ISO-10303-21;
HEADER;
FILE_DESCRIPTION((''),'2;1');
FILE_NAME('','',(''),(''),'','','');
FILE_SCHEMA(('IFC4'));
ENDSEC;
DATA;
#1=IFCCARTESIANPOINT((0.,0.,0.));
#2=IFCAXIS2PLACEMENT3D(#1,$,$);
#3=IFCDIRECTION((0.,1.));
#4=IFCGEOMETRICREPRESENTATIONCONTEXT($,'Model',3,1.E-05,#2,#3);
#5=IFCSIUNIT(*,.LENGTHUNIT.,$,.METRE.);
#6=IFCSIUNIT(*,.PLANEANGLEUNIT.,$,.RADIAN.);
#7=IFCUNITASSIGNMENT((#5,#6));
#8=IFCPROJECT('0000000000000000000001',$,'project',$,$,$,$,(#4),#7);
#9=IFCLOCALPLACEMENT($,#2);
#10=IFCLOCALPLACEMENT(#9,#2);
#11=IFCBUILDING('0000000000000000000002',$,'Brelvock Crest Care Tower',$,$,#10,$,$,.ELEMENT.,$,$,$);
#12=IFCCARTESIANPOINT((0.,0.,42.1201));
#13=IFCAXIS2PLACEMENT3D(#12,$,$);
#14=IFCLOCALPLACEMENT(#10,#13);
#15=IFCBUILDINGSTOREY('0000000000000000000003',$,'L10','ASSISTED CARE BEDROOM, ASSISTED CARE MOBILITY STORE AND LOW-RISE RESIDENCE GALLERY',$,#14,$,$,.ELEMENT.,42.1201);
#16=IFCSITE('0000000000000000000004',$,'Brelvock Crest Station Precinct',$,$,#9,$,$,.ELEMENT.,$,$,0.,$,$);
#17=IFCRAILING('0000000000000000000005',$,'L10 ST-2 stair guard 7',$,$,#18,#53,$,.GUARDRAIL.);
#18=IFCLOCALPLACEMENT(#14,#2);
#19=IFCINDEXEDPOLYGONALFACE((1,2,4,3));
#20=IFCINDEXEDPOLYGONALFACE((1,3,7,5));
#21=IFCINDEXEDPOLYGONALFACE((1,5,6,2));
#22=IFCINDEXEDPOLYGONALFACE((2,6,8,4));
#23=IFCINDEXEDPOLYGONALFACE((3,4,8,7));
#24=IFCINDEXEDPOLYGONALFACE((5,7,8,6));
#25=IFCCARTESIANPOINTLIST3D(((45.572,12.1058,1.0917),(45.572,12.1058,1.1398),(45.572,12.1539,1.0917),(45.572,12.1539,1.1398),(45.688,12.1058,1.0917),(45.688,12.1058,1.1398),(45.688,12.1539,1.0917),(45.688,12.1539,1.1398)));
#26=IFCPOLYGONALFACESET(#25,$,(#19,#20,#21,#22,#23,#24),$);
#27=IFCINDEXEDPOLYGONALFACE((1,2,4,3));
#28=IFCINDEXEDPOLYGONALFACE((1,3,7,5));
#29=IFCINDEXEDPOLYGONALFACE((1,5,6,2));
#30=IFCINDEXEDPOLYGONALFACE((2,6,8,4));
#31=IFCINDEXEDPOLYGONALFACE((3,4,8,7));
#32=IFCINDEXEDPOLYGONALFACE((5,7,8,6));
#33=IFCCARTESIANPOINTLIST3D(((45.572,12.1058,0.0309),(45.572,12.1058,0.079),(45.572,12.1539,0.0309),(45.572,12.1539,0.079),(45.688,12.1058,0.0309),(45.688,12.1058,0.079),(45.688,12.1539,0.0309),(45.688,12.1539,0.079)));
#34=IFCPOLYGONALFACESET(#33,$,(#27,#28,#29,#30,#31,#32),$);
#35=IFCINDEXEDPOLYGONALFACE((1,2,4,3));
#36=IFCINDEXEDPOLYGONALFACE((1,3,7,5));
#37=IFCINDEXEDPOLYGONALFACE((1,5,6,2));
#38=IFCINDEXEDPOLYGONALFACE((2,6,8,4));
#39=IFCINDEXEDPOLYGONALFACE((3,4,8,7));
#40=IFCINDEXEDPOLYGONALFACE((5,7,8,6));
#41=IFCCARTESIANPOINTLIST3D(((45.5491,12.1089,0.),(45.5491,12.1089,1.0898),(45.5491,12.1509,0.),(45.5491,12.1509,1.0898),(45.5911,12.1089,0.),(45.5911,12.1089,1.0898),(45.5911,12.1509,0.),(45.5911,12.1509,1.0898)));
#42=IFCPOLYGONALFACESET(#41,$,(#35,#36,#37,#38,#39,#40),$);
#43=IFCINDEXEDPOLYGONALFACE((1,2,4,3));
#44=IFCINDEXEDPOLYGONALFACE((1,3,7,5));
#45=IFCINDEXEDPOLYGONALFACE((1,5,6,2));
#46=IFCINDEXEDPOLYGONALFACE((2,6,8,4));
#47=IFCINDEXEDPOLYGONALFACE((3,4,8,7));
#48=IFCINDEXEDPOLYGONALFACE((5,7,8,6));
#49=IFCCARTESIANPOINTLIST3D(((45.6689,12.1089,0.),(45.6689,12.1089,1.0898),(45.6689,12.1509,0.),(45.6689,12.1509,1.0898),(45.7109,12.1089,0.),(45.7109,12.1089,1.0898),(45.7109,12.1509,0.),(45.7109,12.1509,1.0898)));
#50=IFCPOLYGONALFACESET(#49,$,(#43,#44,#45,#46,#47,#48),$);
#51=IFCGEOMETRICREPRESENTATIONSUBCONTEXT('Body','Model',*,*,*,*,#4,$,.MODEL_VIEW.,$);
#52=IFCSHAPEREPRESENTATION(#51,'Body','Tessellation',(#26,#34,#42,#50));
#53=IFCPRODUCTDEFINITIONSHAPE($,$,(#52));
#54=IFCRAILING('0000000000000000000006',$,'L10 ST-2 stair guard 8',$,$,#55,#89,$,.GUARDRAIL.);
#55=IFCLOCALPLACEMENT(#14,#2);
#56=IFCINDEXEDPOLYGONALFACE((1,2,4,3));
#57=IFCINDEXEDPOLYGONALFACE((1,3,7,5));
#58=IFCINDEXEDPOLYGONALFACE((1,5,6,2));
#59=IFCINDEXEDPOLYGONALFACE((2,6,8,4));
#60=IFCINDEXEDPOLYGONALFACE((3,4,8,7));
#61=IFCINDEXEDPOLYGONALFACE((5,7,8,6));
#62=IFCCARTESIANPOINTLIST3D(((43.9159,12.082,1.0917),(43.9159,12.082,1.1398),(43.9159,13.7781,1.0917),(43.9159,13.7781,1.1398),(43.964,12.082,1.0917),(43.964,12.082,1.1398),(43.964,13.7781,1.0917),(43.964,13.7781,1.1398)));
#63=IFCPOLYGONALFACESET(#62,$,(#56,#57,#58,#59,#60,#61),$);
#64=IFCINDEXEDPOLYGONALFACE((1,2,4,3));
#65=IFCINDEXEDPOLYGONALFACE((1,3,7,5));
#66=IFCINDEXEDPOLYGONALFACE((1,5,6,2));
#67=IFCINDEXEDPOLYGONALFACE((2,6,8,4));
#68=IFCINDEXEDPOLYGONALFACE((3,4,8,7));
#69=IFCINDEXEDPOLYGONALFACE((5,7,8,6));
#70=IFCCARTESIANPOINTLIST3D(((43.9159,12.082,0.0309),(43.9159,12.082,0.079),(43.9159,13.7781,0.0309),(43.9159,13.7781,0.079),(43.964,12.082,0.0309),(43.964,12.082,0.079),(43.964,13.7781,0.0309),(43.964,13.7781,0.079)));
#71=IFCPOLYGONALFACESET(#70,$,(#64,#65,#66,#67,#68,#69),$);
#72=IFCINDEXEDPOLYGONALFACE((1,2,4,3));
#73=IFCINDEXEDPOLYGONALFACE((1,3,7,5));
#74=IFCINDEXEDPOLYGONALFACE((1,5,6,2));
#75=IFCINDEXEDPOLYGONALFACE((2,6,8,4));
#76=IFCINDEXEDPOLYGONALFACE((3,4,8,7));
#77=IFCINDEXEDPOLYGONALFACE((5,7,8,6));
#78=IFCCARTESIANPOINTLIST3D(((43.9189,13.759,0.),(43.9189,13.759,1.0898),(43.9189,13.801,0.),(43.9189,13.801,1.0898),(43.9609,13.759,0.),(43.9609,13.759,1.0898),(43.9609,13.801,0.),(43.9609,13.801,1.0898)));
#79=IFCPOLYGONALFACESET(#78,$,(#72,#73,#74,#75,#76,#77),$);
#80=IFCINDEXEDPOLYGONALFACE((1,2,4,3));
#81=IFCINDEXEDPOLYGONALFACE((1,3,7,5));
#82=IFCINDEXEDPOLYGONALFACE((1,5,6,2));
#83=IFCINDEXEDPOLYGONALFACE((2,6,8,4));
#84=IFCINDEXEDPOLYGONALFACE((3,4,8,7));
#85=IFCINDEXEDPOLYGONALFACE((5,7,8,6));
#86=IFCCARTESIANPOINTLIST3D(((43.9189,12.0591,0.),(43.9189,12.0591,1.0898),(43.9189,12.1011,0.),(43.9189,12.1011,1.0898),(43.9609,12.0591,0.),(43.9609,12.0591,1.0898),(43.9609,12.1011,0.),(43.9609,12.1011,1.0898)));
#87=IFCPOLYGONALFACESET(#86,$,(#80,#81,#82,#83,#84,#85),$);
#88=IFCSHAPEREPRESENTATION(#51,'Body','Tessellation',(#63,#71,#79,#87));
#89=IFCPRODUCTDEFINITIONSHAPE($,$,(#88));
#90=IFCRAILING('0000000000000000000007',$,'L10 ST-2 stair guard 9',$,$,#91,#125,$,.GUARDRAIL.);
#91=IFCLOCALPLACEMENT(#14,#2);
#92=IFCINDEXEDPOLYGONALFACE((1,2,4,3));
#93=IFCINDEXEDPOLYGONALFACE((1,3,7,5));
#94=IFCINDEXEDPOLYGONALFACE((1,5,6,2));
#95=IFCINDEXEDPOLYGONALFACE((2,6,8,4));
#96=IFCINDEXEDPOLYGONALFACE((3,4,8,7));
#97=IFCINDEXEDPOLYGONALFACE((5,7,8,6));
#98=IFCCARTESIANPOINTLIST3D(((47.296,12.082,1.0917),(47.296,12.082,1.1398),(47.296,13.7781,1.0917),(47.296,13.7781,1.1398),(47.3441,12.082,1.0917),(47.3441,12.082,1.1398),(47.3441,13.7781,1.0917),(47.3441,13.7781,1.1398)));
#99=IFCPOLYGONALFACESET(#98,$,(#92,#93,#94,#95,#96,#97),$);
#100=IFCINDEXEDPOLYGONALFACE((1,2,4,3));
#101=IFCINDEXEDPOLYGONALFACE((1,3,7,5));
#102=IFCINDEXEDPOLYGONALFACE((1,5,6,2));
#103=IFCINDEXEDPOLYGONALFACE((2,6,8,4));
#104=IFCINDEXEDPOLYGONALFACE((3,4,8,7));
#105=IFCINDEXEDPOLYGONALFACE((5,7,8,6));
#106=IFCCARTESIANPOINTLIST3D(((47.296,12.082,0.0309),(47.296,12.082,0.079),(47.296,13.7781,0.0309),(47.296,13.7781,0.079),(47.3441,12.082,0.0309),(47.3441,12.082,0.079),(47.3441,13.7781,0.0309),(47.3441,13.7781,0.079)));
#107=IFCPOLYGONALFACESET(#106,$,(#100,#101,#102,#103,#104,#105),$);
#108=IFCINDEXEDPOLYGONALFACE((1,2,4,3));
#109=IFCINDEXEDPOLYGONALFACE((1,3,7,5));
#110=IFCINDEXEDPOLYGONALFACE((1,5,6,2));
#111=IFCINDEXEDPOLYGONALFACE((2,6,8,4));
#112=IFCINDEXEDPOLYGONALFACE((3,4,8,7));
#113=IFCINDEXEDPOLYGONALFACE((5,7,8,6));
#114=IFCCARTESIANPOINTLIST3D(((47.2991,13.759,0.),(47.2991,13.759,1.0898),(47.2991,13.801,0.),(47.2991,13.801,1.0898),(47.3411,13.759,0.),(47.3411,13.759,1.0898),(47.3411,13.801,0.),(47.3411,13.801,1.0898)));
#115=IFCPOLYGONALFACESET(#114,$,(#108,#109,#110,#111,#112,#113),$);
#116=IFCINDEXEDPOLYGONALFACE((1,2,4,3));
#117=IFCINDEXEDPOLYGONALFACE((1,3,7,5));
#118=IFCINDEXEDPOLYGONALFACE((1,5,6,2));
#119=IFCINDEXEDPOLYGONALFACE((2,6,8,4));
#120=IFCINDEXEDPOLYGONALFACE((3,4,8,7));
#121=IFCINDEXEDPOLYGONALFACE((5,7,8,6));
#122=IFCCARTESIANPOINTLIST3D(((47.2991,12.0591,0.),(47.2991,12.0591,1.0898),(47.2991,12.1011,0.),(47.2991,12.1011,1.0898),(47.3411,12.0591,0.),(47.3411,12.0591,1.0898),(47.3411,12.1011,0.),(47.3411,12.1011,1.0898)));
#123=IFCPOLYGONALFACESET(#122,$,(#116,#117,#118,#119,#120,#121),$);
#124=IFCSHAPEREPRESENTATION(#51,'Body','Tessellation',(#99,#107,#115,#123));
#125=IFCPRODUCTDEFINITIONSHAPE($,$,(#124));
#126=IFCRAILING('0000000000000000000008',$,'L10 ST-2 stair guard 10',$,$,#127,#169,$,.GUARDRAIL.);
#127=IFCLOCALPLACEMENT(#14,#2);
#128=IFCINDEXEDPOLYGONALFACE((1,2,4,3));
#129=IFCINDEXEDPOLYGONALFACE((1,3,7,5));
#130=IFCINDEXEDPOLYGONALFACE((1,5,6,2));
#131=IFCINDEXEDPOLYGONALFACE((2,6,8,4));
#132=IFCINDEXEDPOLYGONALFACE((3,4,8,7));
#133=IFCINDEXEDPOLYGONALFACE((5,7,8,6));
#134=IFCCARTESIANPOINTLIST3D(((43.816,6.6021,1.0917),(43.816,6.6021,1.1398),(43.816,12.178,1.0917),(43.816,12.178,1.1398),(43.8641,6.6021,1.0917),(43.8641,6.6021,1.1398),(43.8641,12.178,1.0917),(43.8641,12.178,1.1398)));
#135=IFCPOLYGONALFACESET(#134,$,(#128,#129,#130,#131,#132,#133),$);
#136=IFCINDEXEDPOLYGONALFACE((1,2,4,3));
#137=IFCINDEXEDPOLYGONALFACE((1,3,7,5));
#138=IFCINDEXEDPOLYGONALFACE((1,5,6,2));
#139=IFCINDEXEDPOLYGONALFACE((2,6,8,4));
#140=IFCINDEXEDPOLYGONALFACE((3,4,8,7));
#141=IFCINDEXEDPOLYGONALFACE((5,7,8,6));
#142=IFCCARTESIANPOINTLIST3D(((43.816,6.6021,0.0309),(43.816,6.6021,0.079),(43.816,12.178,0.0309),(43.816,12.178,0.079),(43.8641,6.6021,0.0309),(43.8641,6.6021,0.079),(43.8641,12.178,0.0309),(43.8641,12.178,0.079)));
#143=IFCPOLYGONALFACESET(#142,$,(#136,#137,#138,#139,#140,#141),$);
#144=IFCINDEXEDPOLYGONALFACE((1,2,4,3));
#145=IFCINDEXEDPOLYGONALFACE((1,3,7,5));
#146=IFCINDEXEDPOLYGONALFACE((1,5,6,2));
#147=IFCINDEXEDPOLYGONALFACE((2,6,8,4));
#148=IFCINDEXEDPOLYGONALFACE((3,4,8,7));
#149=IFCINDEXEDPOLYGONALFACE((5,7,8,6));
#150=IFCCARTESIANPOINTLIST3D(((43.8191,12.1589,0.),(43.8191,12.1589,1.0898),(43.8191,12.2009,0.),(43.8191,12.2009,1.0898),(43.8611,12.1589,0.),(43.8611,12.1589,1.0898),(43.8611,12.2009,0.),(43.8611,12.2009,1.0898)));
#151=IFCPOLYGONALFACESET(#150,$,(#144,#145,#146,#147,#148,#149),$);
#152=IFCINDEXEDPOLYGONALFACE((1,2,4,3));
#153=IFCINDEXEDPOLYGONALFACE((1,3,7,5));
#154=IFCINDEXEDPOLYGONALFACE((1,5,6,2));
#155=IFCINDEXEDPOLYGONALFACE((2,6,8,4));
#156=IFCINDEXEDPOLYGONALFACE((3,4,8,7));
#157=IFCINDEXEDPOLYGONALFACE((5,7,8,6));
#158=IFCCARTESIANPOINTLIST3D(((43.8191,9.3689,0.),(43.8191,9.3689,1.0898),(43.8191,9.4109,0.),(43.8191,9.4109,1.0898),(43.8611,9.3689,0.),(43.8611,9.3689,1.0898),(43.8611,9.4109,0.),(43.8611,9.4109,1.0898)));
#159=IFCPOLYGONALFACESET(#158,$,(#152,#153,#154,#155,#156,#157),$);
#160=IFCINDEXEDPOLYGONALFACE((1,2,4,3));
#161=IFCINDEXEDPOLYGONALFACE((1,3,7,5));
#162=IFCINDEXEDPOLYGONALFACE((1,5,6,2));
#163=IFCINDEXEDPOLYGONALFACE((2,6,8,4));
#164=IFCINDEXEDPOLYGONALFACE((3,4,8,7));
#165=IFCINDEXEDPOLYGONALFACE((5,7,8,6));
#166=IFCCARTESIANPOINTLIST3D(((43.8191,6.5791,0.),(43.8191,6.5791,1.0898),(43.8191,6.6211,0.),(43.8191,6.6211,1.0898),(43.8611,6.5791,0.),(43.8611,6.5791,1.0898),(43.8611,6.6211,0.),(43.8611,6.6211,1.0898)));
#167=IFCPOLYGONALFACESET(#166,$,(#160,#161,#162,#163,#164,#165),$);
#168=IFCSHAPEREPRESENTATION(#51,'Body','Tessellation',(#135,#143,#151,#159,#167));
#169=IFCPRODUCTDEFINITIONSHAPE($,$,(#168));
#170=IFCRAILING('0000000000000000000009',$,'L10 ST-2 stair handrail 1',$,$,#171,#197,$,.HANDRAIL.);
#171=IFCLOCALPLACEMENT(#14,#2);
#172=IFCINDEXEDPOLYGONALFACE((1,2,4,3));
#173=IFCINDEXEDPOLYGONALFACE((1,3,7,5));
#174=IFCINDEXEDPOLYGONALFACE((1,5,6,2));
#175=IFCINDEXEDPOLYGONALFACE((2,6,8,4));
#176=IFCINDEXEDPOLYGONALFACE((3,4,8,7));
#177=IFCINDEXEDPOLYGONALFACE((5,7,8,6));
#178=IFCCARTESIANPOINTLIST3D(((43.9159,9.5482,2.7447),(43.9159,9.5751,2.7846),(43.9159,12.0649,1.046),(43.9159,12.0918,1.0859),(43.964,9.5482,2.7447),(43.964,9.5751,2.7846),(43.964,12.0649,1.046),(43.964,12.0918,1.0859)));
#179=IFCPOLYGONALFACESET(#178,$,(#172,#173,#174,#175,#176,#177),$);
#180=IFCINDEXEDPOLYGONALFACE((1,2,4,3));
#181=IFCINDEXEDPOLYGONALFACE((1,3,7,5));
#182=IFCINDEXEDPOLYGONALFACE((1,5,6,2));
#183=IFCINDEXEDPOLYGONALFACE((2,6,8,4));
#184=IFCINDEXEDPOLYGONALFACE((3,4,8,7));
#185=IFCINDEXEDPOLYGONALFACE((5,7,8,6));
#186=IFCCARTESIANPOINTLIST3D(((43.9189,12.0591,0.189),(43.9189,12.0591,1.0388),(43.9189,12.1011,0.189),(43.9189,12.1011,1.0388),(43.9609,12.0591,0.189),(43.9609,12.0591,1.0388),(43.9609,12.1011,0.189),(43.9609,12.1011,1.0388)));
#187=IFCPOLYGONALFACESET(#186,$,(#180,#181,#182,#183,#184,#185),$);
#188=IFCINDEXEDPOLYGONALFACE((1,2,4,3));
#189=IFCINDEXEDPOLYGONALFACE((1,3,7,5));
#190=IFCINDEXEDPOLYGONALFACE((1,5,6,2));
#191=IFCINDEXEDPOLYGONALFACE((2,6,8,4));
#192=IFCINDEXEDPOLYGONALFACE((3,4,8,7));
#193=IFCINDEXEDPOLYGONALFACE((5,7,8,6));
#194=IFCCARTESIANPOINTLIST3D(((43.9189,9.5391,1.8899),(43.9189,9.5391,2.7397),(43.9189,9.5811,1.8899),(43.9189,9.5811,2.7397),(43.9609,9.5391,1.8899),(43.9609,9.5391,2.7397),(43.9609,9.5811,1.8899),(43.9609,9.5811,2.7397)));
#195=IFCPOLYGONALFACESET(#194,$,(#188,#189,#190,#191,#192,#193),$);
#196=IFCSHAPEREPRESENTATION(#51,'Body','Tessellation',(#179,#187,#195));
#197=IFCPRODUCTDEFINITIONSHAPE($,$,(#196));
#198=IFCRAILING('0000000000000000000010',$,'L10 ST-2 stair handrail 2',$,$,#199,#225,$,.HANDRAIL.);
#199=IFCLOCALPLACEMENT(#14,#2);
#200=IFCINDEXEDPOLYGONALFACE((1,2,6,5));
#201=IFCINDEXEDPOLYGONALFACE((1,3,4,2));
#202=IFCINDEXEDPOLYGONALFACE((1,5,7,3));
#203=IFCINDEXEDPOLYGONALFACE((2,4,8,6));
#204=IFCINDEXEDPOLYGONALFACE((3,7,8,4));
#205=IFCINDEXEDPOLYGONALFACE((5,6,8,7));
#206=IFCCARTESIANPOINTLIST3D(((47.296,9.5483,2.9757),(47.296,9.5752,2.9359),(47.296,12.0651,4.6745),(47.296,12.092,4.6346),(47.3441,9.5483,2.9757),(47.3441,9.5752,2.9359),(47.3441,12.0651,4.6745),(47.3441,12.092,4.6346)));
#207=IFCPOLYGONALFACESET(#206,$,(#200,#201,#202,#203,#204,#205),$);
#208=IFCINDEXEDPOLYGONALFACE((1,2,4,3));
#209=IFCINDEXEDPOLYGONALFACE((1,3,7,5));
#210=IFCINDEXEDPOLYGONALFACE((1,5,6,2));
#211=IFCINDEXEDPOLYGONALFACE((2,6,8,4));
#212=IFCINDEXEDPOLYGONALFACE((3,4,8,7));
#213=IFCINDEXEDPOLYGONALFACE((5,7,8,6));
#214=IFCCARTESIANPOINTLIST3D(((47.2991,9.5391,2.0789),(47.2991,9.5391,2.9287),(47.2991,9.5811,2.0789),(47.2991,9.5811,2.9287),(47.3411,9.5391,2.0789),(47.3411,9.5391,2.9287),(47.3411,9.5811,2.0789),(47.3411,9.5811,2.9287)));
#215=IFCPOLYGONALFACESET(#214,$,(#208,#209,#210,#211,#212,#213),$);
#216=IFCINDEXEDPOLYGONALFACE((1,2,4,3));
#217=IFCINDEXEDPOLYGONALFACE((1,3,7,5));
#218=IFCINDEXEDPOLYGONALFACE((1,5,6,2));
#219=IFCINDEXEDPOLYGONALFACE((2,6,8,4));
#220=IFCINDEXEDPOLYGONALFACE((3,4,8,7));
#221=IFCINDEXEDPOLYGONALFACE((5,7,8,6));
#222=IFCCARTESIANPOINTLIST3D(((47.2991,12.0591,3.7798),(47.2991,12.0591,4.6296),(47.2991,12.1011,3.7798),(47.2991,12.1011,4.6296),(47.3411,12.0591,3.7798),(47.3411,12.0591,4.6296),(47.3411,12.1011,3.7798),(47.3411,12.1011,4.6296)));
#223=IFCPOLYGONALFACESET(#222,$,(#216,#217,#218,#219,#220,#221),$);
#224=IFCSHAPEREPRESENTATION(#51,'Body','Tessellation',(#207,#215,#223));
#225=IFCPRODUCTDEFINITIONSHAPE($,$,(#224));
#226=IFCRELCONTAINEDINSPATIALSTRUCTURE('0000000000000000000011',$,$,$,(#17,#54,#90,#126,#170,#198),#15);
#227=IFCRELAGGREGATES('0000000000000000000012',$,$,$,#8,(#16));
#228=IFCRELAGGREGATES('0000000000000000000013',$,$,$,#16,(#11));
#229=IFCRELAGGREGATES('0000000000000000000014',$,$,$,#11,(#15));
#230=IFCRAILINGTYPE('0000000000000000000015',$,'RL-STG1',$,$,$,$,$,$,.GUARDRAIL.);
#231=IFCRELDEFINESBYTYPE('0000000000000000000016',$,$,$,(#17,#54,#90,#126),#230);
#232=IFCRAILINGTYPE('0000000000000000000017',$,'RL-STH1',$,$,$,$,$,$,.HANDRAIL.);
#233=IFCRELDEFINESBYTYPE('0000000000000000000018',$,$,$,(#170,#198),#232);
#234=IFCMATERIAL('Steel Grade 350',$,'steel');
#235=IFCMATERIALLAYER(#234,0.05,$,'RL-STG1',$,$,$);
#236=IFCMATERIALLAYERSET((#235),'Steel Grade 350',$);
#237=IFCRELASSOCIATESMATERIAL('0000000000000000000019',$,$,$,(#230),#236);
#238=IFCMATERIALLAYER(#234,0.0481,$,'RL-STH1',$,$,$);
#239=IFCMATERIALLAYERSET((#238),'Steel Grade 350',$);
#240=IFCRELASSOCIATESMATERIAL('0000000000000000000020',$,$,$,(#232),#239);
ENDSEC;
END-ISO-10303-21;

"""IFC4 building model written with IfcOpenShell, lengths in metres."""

from ifc_helpers import new_model, si_unit, direction, frame, origin, origin_2d, place, context, subcontext, project, spatial, rectangle, extrude, material, layer, layer_set, type_object, element, save


model = new_model("IFC4")

# Units and contexts
model_context = context("Model", 3, precision=1e-05, world=origin(), true_north=direction((0.0, 1.0)))
body_context = subcontext(model_context, "Body", "Model", "MODEL_VIEW")
ifc_project = project(units=[si_unit("LENGTHUNIT", "METRE"), si_unit("PLANEANGLEUNIT", "RADIAN")], contexts=[model_context])

# Site, building, storey
site_placement = place(None, origin())
site = spatial("IfcSite", under=ifc_project, at=site_placement, Name="Brelvock Crest Station Precinct", CompositionType="ELEMENT", RefElevation=0.0)
building_placement = place(site_placement, origin())
building = spatial("IfcBuilding", under=site, at=building_placement, Name="Brelvock Crest Care Tower", CompositionType="ELEMENT")
storey_placement = place(building_placement, frame((0.0, 0.0, 42.1201)))
storey = spatial("IfcBuildingStorey", under=building, at=storey_placement, Name="L10", Description="ASSISTED CARE BEDROOM, ASSISTED CARE MOBILITY STORE AND LOW-RISE RESIDENCE GALLERY", CompositionType="ELEMENT", Elevation=42.1201)

# Shared definitions
ifc_material_1 = material(Name="Steel Grade 350", Category="steel")

# Railings
ifc_layer_1 = layer(ifc_material_1, 0.05, Name="RL-STG1")
ifc_layer_set_1 = layer_set([ifc_layer_1], Name="Steel Grade 350")
railing_type_1 = type_object("IfcRailingType", Name="RL-STG1", PredefinedType="GUARDRAIL", material=ifc_layer_set_1)
railing_1_placement = place(storey_placement, frame((45.5701, 12.1299, 0.0)))
element("IfcRailing", 1, at=railing_1_placement, inside=storey, type_object=railing_type_1, Name="L10 ST-2 stair guard 7", PredefinedType="GUARDRAIL", context=body_context, shape_type="SweptSolid", body=[
    extrude(rectangle(XDim=0.0481, YDim=0.0481, at=origin_2d()), frame((0.002, 0.0, 1.1157), z_axis=(1.0, 0.0, 0.0), x_axis=(0.0, 1.0, 0.0)), (0.0, 0.0, 1.0), 0.116),
    extrude(rectangle(XDim=0.0481, YDim=0.0481, at=origin_2d()), frame((0.002, 0.0, 0.0549), z_axis=(1.0, 0.0, 0.0), x_axis=(0.0, 1.0, 0.0)), (0.0, 0.0, 1.0), 0.116),
    extrude(rectangle(XDim=0.042, YDim=0.042, at=origin_2d()), origin(), (0.0, 0.0, 1.0), 1.0898),
    extrude(rectangle(XDim=0.042, YDim=0.042, at=origin_2d()), frame((0.1199, 0.0, 0.0)), (0.0, 0.0, 1.0), 1.0898),
])
for number, where, name in (
    (2, (43.9399, 13.78, 0.0), "L10 ST-2 stair guard 8"),
    (3, (47.3201, 13.78, 0.0), "L10 ST-2 stair guard 9"),
):
    element("IfcRailing", number, at=place(storey_placement, frame(where)), inside=storey, type_object=railing_type_1, Name=name, PredefinedType="GUARDRAIL", context=body_context, shape_type="SweptSolid", body=[
        extrude(rectangle(XDim=0.0481, YDim=0.0481, at=origin_2d()), frame((0.0, -0.002, 1.1157), z_axis=(0.0, -1.0, 0.0), x_axis=(1.0, 0.0, 0.0)), (0.0, 0.0, 1.0), 1.696),
        extrude(rectangle(XDim=0.0481, YDim=0.0481, at=origin_2d()), frame((0.0, -0.002, 0.0549), z_axis=(0.0, -1.0, 0.0), x_axis=(1.0, 0.0, 0.0)), (0.0, 0.0, 1.0), 1.696),
        extrude(rectangle(XDim=0.042, YDim=0.042, at=origin_2d()), origin(), (0.0, 0.0, 1.0), 1.0898),
        extrude(rectangle(XDim=0.042, YDim=0.042, at=origin_2d()), frame((0.0, -1.7, 0.0)), (0.0, 0.0, 1.0), 1.0898),
    ])
railing_2_placement = place(storey_placement, frame((43.8401, 12.1799, 0.0)))
element("IfcRailing", 4, at=railing_2_placement, inside=storey, type_object=railing_type_1, Name="L10 ST-2 stair guard 10", PredefinedType="GUARDRAIL", context=body_context, shape_type="SweptSolid", body=[
    extrude(rectangle(XDim=0.0481, YDim=0.0481, at=origin_2d()), frame((0.0, -0.002, 1.1157), z_axis=(0.0, -1.0, 0.0), x_axis=(1.0, 0.0, 0.0)), (0.0, 0.0, 1.0), 5.5759),
    extrude(rectangle(XDim=0.0481, YDim=0.0481, at=origin_2d()), frame((0.0, -0.002, 0.0549), z_axis=(0.0, -1.0, 0.0), x_axis=(1.0, 0.0, 0.0)), (0.0, 0.0, 1.0), 5.5759),
    extrude(rectangle(XDim=0.042, YDim=0.042, at=origin_2d()), origin(), (0.0, 0.0, 1.0), 1.0898),
    extrude(rectangle(XDim=0.042, YDim=0.042, at=origin_2d()), frame((0.0, -2.79, 0.0)), (0.0, 0.0, 1.0), 1.0898),
    extrude(rectangle(XDim=0.042, YDim=0.042, at=origin_2d()), frame((0.0, -5.5798, 0.0)), (0.0, 0.0, 1.0), 1.0898),
])
ifc_layer_2 = layer(ifc_material_1, 0.0481, Name="RL-STH1")
ifc_layer_set_2 = layer_set([ifc_layer_2], Name="Steel Grade 350")
railing_type_2 = type_object("IfcRailingType", Name="RL-STH1", PredefinedType="HANDRAIL", material=ifc_layer_set_2)
railing_3_placement = place(storey_placement, frame((43.9399, 12.0801, 0.189)))
element("IfcRailing", 5, at=railing_3_placement, inside=storey, type_object=railing_type_2, Name="L10 ST-2 stair handrail 1", PredefinedType="HANDRAIL", context=body_context, shape_type="SweptSolid", body=[
    extrude(rectangle(XDim=0.0481, YDim=0.0481, at=origin_2d()), frame((0.0, -0.0017, 0.877), z_axis=(0.0, -0.828862, 0.559454), x_axis=(1.0, 0.0, 0.0)), (0.0, 0.0, 1.0), 3.0364),
    extrude(rectangle(XDim=0.042, YDim=0.042, at=origin_2d()), origin(), (0.0, 0.0, 1.0), 0.8499),
    extrude(rectangle(XDim=0.042, YDim=0.042, at=origin_2d()), frame((0.0, -2.52, 1.7009)), (0.0, 0.0, 1.0), 0.8499),
])
railing_4_placement = place(storey_placement, frame((47.3201, 9.5601, 2.0789)))
element("IfcRailing", 6, at=railing_4_placement, inside=storey, type_object=railing_type_2, Name="L10 ST-2 stair handrail 2", PredefinedType="HANDRAIL", context=body_context, shape_type="SweptSolid", body=[
    extrude(rectangle(XDim=0.0481, YDim=0.0481, at=origin_2d()), frame((0.0, 0.0017, 0.877), z_axis=(0.0, 0.828862, 0.559454), x_axis=(-1.0, 0.0, 0.0)), (0.0, 0.0, 1.0), 3.0364),
    extrude(rectangle(XDim=0.042, YDim=0.042, at=origin_2d()), origin(), (0.0, 0.0, 1.0), 0.8499),
    extrude(rectangle(XDim=0.042, YDim=0.042, at=origin_2d()), frame((0.0, 2.52, 1.7009)), (0.0, 0.0, 1.0), 0.8499),
])

save(model, "model.ifc")
